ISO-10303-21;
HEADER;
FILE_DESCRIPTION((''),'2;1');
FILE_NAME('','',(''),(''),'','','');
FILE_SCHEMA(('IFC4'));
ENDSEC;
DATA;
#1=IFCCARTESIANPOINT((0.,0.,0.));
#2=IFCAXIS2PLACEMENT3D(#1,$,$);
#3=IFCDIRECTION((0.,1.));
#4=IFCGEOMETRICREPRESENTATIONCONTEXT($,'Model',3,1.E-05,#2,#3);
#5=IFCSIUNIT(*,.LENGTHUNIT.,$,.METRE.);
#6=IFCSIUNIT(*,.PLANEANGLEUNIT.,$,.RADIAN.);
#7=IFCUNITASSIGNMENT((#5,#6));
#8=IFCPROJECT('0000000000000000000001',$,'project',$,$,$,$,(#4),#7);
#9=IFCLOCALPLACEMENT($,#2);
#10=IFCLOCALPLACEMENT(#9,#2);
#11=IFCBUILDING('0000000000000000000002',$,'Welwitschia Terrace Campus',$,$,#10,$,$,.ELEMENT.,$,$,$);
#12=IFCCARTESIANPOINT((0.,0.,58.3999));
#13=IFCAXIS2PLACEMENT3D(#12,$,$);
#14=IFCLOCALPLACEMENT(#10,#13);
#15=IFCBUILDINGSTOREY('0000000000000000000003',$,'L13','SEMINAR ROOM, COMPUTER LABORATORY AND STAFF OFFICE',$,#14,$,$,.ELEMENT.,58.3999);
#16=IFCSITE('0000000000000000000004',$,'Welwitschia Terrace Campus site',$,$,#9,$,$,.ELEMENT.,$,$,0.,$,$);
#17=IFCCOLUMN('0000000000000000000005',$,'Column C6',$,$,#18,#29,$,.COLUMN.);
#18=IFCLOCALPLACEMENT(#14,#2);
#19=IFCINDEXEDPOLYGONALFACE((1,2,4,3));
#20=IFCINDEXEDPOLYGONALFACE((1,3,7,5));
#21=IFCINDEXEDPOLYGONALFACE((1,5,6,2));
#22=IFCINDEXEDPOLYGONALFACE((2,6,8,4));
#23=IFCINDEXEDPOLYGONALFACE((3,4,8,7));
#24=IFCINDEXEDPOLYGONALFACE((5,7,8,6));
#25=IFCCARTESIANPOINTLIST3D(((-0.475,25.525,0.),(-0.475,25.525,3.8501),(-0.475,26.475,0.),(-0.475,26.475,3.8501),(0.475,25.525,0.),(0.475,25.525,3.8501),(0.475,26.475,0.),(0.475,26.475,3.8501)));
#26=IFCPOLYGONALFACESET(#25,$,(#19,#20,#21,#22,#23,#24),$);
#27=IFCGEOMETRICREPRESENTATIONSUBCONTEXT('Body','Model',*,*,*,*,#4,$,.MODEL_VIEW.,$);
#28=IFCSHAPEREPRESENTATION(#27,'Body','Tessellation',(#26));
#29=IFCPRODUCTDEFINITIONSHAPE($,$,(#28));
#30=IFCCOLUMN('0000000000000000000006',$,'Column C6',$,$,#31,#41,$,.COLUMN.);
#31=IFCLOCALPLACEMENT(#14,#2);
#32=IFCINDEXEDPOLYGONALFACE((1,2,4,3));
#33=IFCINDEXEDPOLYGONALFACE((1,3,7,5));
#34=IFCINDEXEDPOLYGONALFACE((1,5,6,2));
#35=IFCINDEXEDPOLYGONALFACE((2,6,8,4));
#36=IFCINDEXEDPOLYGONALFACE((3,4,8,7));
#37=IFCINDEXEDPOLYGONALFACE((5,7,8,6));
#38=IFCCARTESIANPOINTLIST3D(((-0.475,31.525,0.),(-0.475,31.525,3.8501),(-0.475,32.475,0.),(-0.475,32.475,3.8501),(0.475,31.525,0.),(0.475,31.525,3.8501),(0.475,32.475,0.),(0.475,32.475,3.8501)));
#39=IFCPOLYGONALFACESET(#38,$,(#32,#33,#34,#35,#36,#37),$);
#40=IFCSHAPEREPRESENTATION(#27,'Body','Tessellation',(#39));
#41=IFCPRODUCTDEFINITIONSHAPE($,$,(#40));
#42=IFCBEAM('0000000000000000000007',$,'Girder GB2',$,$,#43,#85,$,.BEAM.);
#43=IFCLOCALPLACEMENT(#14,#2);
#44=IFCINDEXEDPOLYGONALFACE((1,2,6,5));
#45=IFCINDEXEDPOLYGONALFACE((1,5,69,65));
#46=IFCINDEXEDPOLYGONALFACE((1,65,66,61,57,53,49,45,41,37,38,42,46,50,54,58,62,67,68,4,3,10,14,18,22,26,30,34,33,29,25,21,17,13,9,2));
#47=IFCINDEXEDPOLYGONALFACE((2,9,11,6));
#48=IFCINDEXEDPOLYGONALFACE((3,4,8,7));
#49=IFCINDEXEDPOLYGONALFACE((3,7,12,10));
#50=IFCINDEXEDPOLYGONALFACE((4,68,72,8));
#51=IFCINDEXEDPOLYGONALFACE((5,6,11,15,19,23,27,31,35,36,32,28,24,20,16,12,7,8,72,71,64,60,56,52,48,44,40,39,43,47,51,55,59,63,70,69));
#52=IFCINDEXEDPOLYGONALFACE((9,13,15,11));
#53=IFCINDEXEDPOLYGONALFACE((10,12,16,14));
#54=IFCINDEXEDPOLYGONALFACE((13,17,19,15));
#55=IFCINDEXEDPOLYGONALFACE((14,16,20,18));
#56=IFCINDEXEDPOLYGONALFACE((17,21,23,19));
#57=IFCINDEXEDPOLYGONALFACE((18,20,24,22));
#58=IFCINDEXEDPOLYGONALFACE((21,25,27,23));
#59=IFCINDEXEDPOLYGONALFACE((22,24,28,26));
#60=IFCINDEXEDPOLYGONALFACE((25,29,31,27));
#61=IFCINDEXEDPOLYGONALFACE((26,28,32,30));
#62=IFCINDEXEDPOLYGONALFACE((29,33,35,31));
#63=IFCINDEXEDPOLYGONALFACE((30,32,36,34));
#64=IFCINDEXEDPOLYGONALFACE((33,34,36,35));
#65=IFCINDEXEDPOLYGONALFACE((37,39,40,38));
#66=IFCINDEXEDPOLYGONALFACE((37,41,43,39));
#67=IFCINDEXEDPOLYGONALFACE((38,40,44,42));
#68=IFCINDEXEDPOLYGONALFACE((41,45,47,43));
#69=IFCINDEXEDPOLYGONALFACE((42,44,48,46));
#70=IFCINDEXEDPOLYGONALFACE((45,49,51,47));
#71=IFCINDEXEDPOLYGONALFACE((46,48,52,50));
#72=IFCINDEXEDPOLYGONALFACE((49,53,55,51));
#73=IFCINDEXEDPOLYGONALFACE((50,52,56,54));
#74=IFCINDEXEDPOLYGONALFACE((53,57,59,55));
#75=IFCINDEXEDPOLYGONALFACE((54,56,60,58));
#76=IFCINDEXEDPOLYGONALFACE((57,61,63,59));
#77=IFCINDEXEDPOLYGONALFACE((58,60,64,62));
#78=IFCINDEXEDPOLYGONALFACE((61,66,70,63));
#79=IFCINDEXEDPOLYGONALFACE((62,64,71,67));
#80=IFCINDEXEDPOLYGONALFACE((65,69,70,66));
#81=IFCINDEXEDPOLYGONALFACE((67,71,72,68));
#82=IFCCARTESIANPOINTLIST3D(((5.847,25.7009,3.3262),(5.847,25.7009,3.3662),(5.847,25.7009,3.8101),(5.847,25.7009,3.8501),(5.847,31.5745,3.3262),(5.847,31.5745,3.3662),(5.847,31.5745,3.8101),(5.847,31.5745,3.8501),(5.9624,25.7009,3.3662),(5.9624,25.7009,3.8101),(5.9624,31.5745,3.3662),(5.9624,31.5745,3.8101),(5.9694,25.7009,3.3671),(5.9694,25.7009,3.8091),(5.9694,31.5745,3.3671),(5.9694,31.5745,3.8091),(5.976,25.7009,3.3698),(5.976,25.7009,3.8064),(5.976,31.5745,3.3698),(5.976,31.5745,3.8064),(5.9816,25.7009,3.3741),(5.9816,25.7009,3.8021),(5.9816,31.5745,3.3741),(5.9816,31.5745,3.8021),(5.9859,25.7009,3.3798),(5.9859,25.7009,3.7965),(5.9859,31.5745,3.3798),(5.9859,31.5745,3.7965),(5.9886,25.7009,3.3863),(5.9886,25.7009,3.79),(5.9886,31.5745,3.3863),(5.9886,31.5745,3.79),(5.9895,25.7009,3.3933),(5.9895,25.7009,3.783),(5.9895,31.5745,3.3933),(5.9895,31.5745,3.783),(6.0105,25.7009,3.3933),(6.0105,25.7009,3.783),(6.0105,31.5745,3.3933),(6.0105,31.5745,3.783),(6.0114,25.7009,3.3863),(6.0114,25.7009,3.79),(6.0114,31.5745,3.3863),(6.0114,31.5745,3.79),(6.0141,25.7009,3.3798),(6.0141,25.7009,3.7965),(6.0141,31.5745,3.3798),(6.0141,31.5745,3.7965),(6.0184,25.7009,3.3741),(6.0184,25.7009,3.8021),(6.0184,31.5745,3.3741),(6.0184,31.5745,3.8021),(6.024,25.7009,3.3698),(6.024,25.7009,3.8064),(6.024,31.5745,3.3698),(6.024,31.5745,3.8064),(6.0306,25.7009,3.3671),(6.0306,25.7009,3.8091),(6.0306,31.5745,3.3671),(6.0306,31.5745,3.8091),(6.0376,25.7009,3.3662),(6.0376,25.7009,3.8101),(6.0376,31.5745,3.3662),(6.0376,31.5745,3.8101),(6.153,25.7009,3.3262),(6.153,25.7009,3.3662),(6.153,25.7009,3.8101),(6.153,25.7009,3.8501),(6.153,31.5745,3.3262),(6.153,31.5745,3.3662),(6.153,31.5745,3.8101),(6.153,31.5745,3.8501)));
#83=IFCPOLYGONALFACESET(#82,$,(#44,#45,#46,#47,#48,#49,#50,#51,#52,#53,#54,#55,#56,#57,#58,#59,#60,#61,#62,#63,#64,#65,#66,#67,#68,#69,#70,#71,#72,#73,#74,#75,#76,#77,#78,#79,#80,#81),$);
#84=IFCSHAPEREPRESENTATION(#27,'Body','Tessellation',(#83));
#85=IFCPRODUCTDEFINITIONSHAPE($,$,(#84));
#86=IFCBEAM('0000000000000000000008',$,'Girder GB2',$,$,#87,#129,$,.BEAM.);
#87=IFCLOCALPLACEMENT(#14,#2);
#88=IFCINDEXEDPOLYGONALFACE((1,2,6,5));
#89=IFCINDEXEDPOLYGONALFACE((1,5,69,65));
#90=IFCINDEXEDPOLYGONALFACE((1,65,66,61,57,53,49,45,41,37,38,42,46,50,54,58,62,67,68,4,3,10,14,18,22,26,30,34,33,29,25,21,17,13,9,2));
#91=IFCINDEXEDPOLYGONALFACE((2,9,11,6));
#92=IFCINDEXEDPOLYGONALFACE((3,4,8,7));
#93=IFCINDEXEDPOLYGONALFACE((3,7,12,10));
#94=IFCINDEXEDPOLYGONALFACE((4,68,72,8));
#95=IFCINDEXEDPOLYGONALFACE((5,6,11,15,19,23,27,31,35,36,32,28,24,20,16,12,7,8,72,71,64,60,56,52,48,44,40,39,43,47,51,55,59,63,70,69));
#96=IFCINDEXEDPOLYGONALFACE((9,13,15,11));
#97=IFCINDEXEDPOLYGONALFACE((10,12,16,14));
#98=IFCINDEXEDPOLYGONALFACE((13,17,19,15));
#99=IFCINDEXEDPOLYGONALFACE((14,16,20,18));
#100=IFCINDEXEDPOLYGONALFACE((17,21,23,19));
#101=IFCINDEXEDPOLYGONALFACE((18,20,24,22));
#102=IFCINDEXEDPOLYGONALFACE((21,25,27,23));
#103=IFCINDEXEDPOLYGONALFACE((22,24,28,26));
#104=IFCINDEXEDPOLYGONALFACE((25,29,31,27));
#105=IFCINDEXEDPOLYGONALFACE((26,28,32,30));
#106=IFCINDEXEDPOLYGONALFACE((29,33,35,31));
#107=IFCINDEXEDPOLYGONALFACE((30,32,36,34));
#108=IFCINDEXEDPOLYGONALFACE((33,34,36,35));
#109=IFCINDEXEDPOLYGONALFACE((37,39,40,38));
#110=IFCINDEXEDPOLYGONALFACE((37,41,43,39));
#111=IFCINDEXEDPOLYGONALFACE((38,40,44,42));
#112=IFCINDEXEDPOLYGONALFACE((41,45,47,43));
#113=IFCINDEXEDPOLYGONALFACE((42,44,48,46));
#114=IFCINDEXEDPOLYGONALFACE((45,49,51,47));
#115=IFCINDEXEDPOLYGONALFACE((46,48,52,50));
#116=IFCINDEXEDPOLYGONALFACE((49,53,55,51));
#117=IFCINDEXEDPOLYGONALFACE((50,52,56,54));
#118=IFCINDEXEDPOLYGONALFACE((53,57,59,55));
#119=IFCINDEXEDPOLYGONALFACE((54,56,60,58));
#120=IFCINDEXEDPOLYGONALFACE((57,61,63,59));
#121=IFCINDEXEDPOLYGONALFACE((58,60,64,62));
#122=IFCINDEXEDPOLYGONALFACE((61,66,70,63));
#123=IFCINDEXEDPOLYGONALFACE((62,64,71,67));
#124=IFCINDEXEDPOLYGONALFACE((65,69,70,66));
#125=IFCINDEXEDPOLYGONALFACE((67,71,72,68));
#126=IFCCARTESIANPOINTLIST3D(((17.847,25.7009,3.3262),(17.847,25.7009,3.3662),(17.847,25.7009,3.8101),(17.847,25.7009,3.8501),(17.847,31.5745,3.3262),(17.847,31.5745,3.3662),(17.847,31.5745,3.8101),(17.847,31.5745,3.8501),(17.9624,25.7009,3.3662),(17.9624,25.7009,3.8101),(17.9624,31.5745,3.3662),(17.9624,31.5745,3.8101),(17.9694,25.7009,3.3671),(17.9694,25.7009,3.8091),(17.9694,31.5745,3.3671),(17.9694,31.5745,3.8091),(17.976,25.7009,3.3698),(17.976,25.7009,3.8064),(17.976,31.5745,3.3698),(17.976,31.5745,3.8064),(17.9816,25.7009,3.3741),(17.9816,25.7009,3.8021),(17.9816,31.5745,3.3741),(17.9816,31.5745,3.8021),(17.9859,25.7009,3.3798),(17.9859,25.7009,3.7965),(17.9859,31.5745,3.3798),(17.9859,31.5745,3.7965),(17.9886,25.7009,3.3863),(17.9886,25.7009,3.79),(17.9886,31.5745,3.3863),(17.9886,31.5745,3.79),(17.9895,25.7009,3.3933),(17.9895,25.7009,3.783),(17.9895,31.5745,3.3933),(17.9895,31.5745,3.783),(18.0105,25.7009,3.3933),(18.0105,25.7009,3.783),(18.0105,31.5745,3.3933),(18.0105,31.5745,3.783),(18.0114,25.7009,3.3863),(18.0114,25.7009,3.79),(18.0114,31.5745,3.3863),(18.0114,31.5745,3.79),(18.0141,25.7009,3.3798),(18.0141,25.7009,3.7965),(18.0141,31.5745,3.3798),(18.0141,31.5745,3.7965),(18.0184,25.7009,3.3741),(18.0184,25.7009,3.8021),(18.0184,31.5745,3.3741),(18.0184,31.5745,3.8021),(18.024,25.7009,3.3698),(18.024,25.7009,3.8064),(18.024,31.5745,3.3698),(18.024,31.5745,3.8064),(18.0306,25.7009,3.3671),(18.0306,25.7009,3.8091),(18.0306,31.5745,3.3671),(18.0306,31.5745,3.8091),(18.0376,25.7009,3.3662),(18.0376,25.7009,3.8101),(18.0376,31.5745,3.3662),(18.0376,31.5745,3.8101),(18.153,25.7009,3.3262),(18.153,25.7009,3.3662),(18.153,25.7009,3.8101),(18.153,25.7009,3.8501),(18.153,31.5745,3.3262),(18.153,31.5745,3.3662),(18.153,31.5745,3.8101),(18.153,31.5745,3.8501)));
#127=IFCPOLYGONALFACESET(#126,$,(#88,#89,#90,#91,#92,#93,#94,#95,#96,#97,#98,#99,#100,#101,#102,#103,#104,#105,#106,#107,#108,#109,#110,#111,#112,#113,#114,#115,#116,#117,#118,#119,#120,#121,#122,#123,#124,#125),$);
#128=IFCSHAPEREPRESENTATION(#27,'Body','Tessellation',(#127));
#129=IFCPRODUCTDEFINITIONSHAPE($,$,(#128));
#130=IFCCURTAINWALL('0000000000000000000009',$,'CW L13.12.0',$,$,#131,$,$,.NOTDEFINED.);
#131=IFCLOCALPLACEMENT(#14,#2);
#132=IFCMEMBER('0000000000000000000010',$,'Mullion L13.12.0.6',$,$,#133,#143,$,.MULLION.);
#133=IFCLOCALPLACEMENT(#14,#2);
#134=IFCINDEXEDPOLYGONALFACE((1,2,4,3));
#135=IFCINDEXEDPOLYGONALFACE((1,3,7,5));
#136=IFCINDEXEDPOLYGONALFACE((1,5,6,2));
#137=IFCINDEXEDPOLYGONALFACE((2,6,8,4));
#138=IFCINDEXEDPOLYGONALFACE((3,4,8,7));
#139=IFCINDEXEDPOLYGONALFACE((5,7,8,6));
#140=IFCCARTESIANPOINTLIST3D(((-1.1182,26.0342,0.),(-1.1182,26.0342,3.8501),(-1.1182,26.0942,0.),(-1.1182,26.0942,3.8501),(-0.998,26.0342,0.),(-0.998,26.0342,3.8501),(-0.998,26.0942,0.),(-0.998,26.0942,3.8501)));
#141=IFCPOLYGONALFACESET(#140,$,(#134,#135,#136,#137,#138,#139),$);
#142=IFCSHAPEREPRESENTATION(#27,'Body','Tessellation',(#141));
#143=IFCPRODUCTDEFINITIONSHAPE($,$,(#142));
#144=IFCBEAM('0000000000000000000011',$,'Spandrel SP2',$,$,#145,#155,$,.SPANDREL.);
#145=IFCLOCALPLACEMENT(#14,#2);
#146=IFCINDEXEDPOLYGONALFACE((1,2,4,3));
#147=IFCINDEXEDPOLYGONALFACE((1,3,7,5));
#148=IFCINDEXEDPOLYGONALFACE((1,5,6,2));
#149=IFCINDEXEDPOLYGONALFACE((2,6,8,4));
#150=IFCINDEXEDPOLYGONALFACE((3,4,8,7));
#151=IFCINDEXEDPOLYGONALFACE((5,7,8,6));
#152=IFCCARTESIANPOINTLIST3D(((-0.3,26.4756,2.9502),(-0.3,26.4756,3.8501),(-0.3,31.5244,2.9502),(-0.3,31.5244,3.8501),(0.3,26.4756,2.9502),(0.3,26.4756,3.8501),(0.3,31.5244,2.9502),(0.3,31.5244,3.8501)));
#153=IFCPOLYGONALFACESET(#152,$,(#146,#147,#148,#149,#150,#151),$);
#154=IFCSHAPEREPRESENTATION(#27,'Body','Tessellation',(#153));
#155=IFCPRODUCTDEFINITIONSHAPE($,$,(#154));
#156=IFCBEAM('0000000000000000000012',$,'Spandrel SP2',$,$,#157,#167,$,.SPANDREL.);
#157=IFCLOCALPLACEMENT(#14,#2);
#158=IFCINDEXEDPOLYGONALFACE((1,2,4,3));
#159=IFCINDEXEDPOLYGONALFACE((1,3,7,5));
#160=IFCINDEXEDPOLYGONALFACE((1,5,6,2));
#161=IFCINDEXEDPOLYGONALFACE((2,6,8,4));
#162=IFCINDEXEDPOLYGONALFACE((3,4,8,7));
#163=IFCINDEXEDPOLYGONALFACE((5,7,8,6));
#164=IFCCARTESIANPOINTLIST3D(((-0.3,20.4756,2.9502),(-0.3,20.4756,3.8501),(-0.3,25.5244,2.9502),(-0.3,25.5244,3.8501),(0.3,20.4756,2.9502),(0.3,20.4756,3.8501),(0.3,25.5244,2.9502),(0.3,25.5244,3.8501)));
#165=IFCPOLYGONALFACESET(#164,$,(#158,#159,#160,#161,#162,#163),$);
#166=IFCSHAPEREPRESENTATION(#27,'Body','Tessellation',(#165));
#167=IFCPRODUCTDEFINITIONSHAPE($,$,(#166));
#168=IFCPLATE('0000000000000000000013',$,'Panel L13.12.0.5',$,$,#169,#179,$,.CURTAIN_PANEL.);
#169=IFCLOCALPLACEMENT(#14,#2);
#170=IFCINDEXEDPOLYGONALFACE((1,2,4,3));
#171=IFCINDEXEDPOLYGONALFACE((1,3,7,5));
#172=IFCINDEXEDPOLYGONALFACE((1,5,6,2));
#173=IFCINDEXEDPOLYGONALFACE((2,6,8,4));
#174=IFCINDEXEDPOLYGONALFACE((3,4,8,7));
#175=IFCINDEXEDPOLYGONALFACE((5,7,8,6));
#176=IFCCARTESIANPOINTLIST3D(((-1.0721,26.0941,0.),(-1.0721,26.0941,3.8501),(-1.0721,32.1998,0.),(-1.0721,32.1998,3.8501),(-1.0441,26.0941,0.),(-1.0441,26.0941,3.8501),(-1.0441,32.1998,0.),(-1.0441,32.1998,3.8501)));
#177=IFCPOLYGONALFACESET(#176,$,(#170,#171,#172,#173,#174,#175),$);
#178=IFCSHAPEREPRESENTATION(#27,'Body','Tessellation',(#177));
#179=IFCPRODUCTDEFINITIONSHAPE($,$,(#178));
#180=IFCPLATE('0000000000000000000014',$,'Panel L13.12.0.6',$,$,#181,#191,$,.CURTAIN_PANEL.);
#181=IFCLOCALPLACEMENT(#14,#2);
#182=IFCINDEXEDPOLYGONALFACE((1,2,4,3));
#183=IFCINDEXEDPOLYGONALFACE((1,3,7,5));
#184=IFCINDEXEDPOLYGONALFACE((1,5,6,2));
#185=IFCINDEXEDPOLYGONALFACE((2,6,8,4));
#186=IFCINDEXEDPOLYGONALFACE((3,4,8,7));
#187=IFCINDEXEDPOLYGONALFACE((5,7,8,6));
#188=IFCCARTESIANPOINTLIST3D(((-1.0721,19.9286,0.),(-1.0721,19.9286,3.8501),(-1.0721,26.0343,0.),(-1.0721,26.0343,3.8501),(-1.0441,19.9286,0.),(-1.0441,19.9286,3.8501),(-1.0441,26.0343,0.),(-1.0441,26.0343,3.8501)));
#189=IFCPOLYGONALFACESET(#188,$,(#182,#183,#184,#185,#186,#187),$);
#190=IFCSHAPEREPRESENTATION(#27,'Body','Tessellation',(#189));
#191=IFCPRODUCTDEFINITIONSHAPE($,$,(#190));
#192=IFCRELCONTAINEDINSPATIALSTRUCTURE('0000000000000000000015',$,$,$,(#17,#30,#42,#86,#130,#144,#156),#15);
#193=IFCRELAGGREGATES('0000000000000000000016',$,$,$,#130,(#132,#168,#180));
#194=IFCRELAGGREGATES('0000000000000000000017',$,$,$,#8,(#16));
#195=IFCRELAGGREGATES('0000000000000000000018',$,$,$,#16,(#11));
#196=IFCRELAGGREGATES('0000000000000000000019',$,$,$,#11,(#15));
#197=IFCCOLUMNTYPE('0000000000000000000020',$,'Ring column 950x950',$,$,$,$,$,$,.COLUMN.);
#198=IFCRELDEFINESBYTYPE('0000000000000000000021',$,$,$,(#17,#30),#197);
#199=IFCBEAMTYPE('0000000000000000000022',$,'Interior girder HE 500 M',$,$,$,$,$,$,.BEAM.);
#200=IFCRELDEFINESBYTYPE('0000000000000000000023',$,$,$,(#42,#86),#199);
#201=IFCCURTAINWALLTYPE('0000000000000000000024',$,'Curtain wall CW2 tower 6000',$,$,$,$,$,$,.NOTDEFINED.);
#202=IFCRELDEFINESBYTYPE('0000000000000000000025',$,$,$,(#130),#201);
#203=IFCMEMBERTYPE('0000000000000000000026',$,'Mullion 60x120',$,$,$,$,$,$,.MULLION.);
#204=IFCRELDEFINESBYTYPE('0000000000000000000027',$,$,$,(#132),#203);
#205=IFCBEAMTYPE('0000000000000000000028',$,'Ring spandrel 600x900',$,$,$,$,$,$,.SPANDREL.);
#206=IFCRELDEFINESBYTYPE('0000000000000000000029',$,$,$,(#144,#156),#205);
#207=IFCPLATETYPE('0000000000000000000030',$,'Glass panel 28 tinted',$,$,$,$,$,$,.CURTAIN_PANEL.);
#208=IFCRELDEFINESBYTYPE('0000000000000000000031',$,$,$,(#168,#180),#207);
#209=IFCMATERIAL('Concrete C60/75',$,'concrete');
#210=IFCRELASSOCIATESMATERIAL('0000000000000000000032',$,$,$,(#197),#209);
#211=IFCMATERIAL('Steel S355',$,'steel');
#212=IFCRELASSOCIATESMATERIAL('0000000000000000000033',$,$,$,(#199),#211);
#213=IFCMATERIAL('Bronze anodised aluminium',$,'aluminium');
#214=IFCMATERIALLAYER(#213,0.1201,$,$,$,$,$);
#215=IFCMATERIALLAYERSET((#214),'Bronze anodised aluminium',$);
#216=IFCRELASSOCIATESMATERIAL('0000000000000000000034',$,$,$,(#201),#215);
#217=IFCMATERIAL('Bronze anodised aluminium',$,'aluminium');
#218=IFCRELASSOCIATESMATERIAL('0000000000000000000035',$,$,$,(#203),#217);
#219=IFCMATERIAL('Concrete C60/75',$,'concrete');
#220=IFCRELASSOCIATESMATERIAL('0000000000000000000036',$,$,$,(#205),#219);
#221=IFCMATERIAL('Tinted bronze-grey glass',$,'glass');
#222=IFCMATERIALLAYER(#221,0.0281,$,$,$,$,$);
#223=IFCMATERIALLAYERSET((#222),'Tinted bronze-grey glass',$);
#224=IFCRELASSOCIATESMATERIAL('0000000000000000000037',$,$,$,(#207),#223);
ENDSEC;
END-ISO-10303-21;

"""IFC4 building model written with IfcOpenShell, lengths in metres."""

from ifc_helpers import new_model, si_unit, direction, frame, origin, origin_2d, place, context, subcontext, project, spatial, rectangle, i_section, extrude, material, layer, layer_set, material_profile, profile_set, type_object, element, aggregate, save


model = new_model("IFC4")

# Units and contexts
model_context = context("Model", 3, precision=1e-05, world=origin(), true_north=direction((0.0, 1.0)))
body_context = subcontext(model_context, "Body", "Model", "MODEL_VIEW")
ifc_project = project(units=[si_unit("LENGTHUNIT", "METRE"), si_unit("PLANEANGLEUNIT", "RADIAN")], contexts=[model_context])

# Site, building, storey
site_placement = place(None, origin())
site = spatial("IfcSite", under=ifc_project, at=site_placement, Name="Welwitschia Terrace Campus site", CompositionType="ELEMENT", RefElevation=0.0)
building_placement = place(site_placement, origin())
building = spatial("IfcBuilding", under=site, at=building_placement, Name="Welwitschia Terrace Campus", CompositionType="ELEMENT")
storey_placement = place(building_placement, frame((0.0, 0.0, 58.3999)))
storey = spatial("IfcBuildingStorey", under=building, at=storey_placement, Name="L13", Description="SEMINAR ROOM, COMPUTER LABORATORY AND STAFF OFFICE", CompositionType="ELEMENT", Elevation=58.3999)

# Columns
ifc_material_1 = material(Name="Concrete C60/75", Category="concrete")
ifc_material_profile_1 = material_profile(ifc_material_1, rectangle(XDim=0.95, YDim=0.95, at=origin_2d()))
ifc_profile_set_1 = profile_set([ifc_material_profile_1], Name="Concrete C60/75")
column_type = type_object("IfcColumnType", Name="Ring column 950x950", PredefinedType="COLUMN", material=ifc_profile_set_1)
for number, where, z_axis, x_axis, name in (
    (1, (0.0, 26.0, 0.0), (0.0, 0.0, 1.0), (1.0, 0.0, 0.0), "Column C6"),
    (2, (0.0, 32.0, 0.0), (0.0, 0.0, 1.0), (1.0, 0.0, 0.0), "Column C6"),
):
    element("IfcColumn", number, at=place(storey_placement, frame(where, z_axis=z_axis, x_axis=x_axis)), inside=storey, type_object=column_type, Name=name, PredefinedType="COLUMN", context=body_context, shape_type="SweptSolid", body=[
        extrude(rectangle(XDim=0.95, YDim=0.95, at=origin_2d()), origin(), (0.0, 0.0, 1.0), 3.8501),
    ])

# Beams
ifc_material_2 = material(Name="Steel S355", Category="steel")
ifc_material_profile_2 = material_profile(ifc_material_2, i_section(OverallWidth=0.3059, OverallDepth=0.5239, WebThickness=0.021, FlangeThickness=0.04, FilletRadius=0.0271, at=origin_2d()))
ifc_profile_set_2 = profile_set([ifc_material_profile_2], Name="Steel S355")
beam_type_1 = type_object("IfcBeamType", Name="Interior girder HE 500 M", PredefinedType="BEAM", material=ifc_profile_set_2)
for number, where, z_axis, x_axis, name in (
    (3, (6.0, 25.7009, 3.5881), (0.0, 1.0, 0.0), (-1.0, 0.0, 0.0), "Girder GB2"),
    (4, (18.0, 25.7009, 3.5881), (0.0, 1.0, 0.0), (-1.0, 0.0, 0.0), "Girder GB2"),
):
    element("IfcBeam", number, at=place(storey_placement, frame(where, z_axis=z_axis, x_axis=x_axis)), inside=storey, type_object=beam_type_1, Name=name, PredefinedType="BEAM", context=body_context, shape_type="SweptSolid", body=[
        extrude(i_section(OverallWidth=0.3059, OverallDepth=0.5239, WebThickness=0.021, FlangeThickness=0.04, FilletRadius=0.0271, at=origin_2d()), origin(), (0.0, 0.0, 1.0), 5.8735),
    ])

# Curtain wall, member
ifc_material_3 = material(Name="Bronze anodised aluminium", Category="aluminium")
ifc_layer_1 = layer(ifc_material_3, 0.1201)
ifc_layer_set_1 = layer_set([ifc_layer_1], Name="Bronze anodised aluminium")
curtain_wall_type = type_object("IfcCurtainWallType", Name="Curtain wall CW2 tower 6000", PredefinedType="NOTDEFINED", material=ifc_layer_set_1)
curtain_wall_placement = place(storey_placement, origin())
curtain_wall = element("IfcCurtainWall", 5, at=curtain_wall_placement, inside=storey, type_object=curtain_wall_type, Name="CW L13.12.0", PredefinedType="NOTDEFINED")
ifc_material_4 = material(Name="Bronze anodised aluminium", Category="aluminium")
ifc_material_profile_3 = material_profile(ifc_material_4, rectangle(XDim=0.1201, YDim=0.0601, at=origin_2d()))
ifc_profile_set_3 = profile_set([ifc_material_profile_3], Name="Bronze anodised aluminium")
member_type = type_object("IfcMemberType", Name="Mullion 60x120", PredefinedType="MULLION", material=ifc_profile_set_3)
member_placement = place(storey_placement, frame((-1.0581, 26.0642, 0.0), z_axis=(0.0, 0.0, 1.0), x_axis=(1.0, 0.0, 0.0)))
member = element("IfcMember", 6, at=member_placement, type_object=member_type, Name="Mullion L13.12.0.6", PredefinedType="MULLION", context=body_context, shape_type="SweptSolid", body=[
    extrude(rectangle(XDim=0.1201, YDim=0.0601, at=origin_2d()), origin(), (0.0, 0.0, 1.0), 3.8501),
])

# Beams
ifc_material_5 = material(Name="Concrete C60/75", Category="concrete")
ifc_material_profile_4 = material_profile(ifc_material_5, rectangle(XDim=0.6001, YDim=0.8999, at=origin_2d()))
ifc_profile_set_4 = profile_set([ifc_material_profile_4], Name="Concrete C60/75")
beam_type_2 = type_object("IfcBeamType", Name="Ring spandrel 600x900", PredefinedType="SPANDREL", material=ifc_profile_set_4)
for number, where, z_axis, x_axis, name in (
    (7, (0.0, 31.5244, 3.4001), (0.0, -1.0, 0.0), (1.0, 0.0, 0.0), "Spandrel SP2"),
    (8, (0.0, 25.5244, 3.4001), (0.0, -1.0, 0.0), (1.0, 0.0, 0.0), "Spandrel SP2"),
):
    element("IfcBeam", number, at=place(storey_placement, frame(where, z_axis=z_axis, x_axis=x_axis)), inside=storey, type_object=beam_type_2, Name=name, PredefinedType="SPANDREL", context=body_context, shape_type="SweptSolid", body=[
        extrude(rectangle(XDim=0.6001, YDim=0.8999, at=origin_2d()), origin(), (0.0, 0.0, 1.0), 5.0488),
    ])

# Plates
ifc_material_6 = material(Name="Tinted bronze-grey glass", Category="glass")
ifc_layer_2 = layer(ifc_material_6, 0.0281)
ifc_layer_set_2 = layer_set([ifc_layer_2], Name="Tinted bronze-grey glass")
plate_type = type_object("IfcPlateType", Name="Glass panel 28 tinted", PredefinedType="CURTAIN_PANEL", material=ifc_layer_set_2)
plate_1_placement = place(storey_placement, frame((-1.0581, 29.147, 0.0), z_axis=(0.0, 0.0, 1.0), x_axis=(0.0, -1.0, 0.0)))
plate_1 = element("IfcPlate", 9, at=plate_1_placement, type_object=plate_type, Name="Panel L13.12.0.5", PredefinedType="CURTAIN_PANEL", context=body_context, shape_type="SweptSolid", body=[
    extrude(rectangle(XDim=6.1057, YDim=0.0281, at=origin_2d()), origin(), (0.0, 0.0, 1.0), 3.8501),
])
plate_2_placement = place(storey_placement, frame((-1.0581, 22.9814, 0.0), z_axis=(0.0, 0.0, 1.0), x_axis=(0.0, -1.0, 0.0)))
plate_2 = element("IfcPlate", 10, at=plate_2_placement, type_object=plate_type, Name="Panel L13.12.0.6", PredefinedType="CURTAIN_PANEL", context=body_context, shape_type="SweptSolid", body=[
    extrude(rectangle(XDim=6.1057, YDim=0.0281, at=origin_2d()), origin(), (0.0, 0.0, 1.0), 3.8501),
])
aggregate(curtain_wall, [member, plate_1, plate_2])

save(model, "model.ifc")
